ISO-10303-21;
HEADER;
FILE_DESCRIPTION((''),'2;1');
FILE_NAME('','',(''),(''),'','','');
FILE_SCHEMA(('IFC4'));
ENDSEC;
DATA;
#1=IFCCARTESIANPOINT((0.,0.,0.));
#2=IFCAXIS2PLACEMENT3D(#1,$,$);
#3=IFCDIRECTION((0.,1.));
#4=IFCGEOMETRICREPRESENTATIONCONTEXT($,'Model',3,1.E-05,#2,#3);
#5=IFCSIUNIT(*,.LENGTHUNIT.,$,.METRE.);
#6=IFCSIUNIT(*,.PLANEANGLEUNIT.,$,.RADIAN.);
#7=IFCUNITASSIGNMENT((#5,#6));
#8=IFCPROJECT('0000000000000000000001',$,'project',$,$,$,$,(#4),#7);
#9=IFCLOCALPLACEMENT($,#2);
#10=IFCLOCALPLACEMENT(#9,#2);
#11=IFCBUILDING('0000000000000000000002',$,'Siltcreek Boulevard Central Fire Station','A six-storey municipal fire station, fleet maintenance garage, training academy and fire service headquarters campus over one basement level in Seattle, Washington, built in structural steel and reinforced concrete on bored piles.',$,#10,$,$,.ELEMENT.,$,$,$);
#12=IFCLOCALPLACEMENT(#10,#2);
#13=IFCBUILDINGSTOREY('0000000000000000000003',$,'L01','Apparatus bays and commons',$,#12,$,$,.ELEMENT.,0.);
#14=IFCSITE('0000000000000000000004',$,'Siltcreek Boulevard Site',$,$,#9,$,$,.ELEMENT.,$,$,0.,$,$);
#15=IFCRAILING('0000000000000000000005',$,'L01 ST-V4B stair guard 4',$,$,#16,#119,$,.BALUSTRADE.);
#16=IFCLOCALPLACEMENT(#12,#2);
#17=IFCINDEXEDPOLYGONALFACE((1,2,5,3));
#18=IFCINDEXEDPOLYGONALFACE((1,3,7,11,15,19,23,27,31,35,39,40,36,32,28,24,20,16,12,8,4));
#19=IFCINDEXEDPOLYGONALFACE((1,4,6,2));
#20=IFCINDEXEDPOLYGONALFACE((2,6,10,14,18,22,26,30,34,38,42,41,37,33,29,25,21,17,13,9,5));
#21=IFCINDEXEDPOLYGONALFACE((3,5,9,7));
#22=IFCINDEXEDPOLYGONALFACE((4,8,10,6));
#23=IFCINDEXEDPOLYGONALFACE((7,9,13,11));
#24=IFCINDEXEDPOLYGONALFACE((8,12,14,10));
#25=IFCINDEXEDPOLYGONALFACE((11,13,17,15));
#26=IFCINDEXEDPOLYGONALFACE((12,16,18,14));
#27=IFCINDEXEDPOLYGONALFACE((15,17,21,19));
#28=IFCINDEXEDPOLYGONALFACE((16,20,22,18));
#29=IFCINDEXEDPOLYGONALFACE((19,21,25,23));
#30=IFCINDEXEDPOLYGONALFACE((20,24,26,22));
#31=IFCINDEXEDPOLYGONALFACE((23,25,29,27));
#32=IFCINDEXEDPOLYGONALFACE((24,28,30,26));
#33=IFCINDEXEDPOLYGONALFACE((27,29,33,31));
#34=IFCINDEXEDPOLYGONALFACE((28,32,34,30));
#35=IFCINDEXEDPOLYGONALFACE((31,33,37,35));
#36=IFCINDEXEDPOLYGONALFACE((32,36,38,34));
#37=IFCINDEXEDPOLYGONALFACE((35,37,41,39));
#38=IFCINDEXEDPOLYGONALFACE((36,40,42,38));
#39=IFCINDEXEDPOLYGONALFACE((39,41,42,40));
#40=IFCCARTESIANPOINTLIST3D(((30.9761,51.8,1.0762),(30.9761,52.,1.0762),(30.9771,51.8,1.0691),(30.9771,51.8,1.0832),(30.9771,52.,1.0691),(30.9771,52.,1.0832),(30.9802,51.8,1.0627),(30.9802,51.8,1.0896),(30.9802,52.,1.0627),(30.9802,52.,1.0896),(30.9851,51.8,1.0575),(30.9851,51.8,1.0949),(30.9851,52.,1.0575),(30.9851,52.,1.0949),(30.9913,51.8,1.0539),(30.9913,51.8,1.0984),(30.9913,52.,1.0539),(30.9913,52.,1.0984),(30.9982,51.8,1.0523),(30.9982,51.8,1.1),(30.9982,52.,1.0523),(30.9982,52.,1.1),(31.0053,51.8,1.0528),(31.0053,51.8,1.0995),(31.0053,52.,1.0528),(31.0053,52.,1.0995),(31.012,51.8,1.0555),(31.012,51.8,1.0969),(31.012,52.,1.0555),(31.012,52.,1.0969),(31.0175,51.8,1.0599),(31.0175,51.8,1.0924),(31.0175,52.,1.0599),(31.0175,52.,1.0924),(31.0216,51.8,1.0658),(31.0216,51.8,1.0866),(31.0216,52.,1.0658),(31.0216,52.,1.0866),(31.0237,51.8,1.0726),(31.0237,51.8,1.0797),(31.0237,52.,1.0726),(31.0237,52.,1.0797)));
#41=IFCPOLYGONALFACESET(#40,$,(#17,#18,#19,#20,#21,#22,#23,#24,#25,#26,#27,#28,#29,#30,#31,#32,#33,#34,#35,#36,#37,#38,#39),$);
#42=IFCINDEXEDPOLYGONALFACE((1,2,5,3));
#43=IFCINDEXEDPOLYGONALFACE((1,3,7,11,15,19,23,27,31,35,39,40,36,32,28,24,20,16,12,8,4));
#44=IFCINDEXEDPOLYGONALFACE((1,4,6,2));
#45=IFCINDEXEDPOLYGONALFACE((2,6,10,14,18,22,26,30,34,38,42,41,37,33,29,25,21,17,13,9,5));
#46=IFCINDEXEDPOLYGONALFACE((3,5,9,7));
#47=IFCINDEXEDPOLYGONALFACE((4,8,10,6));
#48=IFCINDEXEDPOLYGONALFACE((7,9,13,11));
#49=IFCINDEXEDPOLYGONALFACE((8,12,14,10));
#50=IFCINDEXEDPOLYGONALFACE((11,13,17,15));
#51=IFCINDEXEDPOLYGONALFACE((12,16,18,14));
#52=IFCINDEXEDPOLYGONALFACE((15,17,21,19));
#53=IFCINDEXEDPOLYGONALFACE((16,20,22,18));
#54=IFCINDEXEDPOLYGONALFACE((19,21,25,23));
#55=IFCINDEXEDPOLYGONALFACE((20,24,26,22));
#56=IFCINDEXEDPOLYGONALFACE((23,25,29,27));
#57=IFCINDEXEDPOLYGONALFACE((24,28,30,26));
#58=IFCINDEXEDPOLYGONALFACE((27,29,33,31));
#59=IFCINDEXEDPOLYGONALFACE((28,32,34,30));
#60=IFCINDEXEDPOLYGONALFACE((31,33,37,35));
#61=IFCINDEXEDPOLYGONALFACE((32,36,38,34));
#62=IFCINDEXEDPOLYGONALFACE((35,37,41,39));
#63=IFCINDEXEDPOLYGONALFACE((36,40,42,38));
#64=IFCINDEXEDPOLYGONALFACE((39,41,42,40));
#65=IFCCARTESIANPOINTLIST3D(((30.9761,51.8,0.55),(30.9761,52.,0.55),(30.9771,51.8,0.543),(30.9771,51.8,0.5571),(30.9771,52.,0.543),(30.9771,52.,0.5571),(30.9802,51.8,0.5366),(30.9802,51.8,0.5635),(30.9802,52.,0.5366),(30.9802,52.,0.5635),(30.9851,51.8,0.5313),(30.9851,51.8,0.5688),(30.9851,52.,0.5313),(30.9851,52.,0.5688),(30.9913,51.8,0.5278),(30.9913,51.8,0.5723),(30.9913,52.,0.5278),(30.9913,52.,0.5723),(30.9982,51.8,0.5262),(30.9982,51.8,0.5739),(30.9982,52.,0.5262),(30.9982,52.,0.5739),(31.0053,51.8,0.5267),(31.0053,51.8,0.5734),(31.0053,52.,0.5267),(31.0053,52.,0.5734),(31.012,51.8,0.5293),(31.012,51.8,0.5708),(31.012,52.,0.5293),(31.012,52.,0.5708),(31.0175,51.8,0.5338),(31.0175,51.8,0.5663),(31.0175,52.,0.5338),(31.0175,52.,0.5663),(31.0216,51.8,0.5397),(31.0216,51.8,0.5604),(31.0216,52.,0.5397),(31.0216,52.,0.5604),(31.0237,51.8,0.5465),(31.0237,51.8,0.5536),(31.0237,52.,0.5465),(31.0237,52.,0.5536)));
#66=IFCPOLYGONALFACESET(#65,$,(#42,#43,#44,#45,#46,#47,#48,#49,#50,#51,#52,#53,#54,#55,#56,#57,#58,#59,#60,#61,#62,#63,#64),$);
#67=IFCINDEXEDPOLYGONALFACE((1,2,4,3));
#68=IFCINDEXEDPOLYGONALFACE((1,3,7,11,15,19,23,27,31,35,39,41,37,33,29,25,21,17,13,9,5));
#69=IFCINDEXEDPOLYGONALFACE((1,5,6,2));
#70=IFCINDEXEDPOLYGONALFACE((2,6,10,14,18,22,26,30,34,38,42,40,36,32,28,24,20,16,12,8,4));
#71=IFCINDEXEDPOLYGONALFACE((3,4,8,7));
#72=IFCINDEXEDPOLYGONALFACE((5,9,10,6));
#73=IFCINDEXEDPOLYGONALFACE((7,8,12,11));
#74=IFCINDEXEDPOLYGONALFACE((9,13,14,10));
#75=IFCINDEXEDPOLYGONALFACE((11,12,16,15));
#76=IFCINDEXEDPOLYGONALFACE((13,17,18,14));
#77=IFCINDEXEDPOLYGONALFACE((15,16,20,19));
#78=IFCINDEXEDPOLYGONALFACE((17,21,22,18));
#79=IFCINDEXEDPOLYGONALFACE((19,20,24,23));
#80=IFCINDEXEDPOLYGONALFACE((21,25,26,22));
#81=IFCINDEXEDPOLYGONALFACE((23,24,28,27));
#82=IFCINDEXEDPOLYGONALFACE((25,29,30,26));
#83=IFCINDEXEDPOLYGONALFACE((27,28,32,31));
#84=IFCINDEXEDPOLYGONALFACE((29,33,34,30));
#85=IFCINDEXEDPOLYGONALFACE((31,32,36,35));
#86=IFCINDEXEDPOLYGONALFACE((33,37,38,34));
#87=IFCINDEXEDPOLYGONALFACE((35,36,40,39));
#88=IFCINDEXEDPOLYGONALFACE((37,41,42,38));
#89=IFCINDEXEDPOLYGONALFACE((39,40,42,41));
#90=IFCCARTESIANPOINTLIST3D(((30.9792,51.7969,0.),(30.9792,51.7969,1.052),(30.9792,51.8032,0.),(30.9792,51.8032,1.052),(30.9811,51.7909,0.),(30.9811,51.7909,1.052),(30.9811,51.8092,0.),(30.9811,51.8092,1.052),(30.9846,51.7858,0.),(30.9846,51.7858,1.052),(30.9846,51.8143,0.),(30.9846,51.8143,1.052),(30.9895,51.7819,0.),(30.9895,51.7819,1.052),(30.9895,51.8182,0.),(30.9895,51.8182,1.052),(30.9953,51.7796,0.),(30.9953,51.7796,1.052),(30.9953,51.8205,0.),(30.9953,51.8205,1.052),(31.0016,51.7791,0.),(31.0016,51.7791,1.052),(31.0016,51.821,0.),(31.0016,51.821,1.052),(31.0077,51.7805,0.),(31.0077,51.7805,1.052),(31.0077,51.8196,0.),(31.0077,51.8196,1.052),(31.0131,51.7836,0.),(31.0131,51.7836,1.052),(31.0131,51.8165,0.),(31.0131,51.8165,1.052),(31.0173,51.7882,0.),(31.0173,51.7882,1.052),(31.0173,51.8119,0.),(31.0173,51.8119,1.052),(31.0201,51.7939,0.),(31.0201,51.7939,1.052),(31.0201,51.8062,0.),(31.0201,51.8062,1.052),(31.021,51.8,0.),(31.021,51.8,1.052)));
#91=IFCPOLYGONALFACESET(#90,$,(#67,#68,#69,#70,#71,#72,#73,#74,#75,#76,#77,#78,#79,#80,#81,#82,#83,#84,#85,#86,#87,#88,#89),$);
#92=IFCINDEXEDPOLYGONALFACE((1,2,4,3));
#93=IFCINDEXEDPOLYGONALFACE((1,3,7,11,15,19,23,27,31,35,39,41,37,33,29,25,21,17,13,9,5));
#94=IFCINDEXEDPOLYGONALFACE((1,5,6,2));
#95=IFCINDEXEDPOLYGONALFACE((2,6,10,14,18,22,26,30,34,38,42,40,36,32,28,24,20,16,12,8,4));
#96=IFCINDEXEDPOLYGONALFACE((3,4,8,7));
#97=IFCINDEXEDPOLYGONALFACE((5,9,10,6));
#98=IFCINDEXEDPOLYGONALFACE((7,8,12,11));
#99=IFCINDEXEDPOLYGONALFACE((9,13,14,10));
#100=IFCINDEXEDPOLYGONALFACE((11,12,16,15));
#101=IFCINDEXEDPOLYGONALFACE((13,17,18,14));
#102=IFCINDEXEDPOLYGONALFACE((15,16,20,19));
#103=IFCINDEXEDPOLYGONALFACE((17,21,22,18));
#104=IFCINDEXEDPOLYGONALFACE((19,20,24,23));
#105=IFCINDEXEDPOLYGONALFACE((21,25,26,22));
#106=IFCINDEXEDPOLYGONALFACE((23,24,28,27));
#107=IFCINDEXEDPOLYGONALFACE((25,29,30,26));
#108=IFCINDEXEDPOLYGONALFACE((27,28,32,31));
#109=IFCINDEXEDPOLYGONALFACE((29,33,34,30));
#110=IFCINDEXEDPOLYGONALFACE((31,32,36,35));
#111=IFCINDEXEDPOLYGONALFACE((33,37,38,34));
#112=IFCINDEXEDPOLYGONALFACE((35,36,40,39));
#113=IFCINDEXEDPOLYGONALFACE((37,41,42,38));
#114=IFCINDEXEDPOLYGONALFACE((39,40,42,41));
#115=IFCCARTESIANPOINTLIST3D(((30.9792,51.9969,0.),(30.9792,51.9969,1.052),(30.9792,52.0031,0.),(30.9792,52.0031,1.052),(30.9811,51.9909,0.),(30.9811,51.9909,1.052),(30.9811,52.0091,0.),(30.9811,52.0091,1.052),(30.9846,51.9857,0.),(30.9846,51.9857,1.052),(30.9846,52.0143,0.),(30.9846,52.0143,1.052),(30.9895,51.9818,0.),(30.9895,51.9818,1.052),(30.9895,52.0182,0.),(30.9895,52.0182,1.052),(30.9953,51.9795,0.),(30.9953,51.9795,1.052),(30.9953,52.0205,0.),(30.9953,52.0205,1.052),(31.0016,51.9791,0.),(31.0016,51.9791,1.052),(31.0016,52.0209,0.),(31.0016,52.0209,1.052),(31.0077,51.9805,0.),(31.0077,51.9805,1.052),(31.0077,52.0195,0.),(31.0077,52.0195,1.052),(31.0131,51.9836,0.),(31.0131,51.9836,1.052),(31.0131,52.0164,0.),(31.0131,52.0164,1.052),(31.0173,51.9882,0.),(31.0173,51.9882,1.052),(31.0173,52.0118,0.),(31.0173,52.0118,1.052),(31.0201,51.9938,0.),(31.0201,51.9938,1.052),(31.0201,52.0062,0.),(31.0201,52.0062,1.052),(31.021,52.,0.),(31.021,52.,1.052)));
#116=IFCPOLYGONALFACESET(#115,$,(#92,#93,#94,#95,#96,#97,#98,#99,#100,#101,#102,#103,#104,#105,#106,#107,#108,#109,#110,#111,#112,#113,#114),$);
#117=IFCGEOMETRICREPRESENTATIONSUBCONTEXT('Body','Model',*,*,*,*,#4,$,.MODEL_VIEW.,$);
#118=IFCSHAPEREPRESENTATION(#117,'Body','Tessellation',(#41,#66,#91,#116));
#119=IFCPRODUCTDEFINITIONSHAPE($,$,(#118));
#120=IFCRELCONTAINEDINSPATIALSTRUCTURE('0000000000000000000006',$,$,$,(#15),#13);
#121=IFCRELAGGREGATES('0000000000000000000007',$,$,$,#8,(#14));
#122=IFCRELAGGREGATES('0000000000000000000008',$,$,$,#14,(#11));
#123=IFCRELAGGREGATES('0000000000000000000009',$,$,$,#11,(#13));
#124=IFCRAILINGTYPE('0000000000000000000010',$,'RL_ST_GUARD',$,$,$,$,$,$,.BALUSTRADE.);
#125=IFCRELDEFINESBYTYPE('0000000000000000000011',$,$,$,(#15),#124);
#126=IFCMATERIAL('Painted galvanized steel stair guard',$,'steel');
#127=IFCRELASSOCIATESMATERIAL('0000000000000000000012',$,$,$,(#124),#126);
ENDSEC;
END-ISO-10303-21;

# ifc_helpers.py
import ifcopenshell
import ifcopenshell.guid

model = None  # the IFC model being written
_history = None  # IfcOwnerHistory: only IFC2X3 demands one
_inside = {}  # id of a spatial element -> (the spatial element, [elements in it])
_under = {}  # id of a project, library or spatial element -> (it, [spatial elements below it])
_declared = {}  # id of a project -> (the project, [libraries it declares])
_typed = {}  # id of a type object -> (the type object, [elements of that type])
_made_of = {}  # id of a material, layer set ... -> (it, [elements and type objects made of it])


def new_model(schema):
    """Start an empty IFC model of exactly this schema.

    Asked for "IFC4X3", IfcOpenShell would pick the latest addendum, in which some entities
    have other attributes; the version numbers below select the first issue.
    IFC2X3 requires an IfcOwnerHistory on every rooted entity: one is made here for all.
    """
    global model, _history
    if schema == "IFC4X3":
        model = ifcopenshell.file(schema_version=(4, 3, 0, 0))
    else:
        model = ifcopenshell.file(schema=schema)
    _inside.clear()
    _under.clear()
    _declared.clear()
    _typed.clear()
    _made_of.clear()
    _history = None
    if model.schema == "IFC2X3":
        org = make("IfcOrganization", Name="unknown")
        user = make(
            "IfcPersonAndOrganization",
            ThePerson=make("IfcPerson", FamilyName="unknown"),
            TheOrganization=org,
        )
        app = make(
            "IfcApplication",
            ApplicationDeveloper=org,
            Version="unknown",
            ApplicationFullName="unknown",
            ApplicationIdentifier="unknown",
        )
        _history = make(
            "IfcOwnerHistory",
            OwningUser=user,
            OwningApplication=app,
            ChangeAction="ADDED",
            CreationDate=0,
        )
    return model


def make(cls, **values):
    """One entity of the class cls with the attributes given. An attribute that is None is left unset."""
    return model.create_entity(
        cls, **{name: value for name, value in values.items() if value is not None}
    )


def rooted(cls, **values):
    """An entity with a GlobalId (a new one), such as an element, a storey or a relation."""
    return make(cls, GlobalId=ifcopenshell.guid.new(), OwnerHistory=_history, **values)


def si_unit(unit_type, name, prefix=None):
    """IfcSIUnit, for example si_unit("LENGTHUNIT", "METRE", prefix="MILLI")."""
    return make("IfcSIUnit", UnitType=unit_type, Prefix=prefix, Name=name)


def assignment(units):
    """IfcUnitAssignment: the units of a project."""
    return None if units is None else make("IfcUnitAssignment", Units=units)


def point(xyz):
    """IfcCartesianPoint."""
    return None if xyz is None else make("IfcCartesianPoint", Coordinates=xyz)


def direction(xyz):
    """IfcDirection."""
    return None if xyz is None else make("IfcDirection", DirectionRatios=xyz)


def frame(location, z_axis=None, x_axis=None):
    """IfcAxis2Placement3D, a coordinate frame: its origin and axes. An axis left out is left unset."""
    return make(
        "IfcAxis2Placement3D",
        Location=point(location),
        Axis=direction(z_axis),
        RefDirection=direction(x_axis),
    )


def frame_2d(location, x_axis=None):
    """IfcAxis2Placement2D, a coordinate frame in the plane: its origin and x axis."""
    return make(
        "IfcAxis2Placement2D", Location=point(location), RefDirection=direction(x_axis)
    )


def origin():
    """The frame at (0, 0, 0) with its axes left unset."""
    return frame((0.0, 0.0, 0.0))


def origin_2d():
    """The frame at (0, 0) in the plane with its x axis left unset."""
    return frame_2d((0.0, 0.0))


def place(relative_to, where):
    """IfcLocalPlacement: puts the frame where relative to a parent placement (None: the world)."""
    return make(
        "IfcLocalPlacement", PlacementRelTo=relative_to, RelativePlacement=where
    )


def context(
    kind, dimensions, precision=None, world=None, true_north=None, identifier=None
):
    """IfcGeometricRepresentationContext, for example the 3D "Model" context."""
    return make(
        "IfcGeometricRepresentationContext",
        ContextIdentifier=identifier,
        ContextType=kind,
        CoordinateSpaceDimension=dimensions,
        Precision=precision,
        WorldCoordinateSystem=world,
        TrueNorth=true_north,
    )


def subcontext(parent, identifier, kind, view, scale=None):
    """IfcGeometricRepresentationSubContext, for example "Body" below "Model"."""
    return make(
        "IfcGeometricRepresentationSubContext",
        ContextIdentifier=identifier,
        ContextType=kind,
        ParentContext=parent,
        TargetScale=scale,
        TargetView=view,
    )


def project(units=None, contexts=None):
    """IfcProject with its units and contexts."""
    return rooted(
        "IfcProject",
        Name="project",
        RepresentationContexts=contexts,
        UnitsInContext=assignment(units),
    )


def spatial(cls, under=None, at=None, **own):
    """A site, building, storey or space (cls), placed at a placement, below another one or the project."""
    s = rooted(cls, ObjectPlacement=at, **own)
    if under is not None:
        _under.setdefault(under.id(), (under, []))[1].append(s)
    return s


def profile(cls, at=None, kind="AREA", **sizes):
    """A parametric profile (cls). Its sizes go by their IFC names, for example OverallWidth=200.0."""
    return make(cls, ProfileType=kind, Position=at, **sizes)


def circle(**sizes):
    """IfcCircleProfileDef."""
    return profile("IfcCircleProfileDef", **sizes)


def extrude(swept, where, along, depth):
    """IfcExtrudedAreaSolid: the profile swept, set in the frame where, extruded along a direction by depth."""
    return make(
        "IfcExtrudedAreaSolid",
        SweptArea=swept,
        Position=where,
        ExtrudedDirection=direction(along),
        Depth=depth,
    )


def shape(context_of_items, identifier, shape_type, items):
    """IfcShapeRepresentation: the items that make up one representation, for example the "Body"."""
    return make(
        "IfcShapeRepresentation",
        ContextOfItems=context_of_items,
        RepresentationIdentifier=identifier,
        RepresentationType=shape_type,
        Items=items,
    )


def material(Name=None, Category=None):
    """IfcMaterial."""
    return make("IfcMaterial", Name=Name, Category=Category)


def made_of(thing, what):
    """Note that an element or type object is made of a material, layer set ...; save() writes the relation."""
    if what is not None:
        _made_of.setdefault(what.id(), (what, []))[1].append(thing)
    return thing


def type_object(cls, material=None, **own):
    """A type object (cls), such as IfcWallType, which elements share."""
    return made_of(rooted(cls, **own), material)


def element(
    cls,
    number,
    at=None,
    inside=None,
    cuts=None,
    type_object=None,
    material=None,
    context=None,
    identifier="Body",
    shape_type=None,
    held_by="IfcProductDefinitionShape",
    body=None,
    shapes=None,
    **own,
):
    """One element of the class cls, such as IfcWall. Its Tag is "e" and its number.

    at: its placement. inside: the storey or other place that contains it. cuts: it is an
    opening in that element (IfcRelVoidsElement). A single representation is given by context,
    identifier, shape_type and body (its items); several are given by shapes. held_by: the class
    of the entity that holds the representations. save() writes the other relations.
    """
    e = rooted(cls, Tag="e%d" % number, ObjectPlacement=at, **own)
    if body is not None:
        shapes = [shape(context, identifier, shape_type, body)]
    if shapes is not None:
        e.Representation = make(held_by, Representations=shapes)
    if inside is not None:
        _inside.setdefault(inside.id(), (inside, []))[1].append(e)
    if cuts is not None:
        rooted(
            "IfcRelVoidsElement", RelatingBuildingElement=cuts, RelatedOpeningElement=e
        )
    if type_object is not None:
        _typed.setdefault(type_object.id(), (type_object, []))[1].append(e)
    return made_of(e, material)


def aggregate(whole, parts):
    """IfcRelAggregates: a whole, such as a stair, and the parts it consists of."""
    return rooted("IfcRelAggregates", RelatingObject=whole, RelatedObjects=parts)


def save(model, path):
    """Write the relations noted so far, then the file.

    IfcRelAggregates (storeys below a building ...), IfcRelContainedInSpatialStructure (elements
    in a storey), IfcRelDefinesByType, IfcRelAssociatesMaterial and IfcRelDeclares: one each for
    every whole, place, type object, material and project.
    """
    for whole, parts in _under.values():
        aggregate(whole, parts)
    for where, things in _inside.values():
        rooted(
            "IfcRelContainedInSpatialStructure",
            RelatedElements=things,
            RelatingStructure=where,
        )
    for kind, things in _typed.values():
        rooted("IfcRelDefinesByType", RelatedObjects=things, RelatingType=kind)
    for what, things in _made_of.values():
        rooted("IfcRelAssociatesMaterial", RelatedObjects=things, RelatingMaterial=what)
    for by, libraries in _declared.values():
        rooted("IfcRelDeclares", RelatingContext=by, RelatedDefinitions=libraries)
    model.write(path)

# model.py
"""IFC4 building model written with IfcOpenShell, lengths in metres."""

from ifc_helpers import new_model, si_unit, direction, frame, origin, origin_2d, place, context, subcontext, project, spatial, circle, extrude, material, type_object, element, save


model = new_model("IFC4")

# Units and contexts
model_context = context("Model", 3, precision=1e-05, world=origin(), true_north=direction((0.0, 1.0)))
body_context = subcontext(model_context, "Body", "Model", "MODEL_VIEW")
ifc_project = project(units=[si_unit("LENGTHUNIT", "METRE"), si_unit("PLANEANGLEUNIT", "RADIAN")], contexts=[model_context])

# Site, building, storey
site_placement = place(None, origin())
site = spatial("IfcSite", under=ifc_project, at=site_placement, Name="Siltcreek Boulevard Site", CompositionType="ELEMENT", RefElevation=0.0)
building_placement = place(site_placement, origin())
building = spatial("IfcBuilding", under=site, at=building_placement, Name="Siltcreek Boulevard Central Fire Station", Description="A six-storey municipal fire station, fleet maintenance garage, training academy and fire service headquarters campus over one basement level in Seattle, Washington, built in structural steel and reinforced concrete on bored piles.", CompositionType="ELEMENT")
storey_placement = place(building_placement, origin())
storey = spatial("IfcBuildingStorey", under=building, at=storey_placement, Name="L01", Description="Apparatus bays and commons", CompositionType="ELEMENT", Elevation=0.0)

# Railing
ifc_material_1 = material(Name="Painted galvanized steel stair guard", Category="steel")
railing_type = type_object("IfcRailingType", Name="RL_ST_GUARD", PredefinedType="BALUSTRADE", material=ifc_material_1)
railing_1_placement = place(storey_placement, frame((31.0, 51.8, 0.0)))
element("IfcRailing", 1, at=railing_1_placement, inside=storey, type_object=railing_type, Name="L01 ST-V4B stair guard 4", PredefinedType="BALUSTRADE", context=body_context, shape_type="SweptSolid", body=[
    extrude(circle(Radius=0.0239, at=origin_2d()), frame((0.0, 0.0, 1.0762), z_axis=(0.0, 1.0, 0.0), x_axis=(-1.0, 0.0, 0.0)), (0.0, 0.0, 1.0), 0.2),
    extrude(circle(Radius=0.0239, at=origin_2d()), frame((0.0, 0.0, 0.55), z_axis=(0.0, 1.0, 0.0), x_axis=(-1.0, 0.0, 0.0)), (0.0, 0.0, 1.0), 0.2),
    extrude(circle(Radius=0.021, at=origin_2d()), origin(), (0.0, 0.0, 1.0), 1.052),
    extrude(circle(Radius=0.021, at=origin_2d()), frame((0.0, 0.2, 0.0)), (0.0, 0.0, 1.0), 1.052),
])

save(model, "model.ifc")
